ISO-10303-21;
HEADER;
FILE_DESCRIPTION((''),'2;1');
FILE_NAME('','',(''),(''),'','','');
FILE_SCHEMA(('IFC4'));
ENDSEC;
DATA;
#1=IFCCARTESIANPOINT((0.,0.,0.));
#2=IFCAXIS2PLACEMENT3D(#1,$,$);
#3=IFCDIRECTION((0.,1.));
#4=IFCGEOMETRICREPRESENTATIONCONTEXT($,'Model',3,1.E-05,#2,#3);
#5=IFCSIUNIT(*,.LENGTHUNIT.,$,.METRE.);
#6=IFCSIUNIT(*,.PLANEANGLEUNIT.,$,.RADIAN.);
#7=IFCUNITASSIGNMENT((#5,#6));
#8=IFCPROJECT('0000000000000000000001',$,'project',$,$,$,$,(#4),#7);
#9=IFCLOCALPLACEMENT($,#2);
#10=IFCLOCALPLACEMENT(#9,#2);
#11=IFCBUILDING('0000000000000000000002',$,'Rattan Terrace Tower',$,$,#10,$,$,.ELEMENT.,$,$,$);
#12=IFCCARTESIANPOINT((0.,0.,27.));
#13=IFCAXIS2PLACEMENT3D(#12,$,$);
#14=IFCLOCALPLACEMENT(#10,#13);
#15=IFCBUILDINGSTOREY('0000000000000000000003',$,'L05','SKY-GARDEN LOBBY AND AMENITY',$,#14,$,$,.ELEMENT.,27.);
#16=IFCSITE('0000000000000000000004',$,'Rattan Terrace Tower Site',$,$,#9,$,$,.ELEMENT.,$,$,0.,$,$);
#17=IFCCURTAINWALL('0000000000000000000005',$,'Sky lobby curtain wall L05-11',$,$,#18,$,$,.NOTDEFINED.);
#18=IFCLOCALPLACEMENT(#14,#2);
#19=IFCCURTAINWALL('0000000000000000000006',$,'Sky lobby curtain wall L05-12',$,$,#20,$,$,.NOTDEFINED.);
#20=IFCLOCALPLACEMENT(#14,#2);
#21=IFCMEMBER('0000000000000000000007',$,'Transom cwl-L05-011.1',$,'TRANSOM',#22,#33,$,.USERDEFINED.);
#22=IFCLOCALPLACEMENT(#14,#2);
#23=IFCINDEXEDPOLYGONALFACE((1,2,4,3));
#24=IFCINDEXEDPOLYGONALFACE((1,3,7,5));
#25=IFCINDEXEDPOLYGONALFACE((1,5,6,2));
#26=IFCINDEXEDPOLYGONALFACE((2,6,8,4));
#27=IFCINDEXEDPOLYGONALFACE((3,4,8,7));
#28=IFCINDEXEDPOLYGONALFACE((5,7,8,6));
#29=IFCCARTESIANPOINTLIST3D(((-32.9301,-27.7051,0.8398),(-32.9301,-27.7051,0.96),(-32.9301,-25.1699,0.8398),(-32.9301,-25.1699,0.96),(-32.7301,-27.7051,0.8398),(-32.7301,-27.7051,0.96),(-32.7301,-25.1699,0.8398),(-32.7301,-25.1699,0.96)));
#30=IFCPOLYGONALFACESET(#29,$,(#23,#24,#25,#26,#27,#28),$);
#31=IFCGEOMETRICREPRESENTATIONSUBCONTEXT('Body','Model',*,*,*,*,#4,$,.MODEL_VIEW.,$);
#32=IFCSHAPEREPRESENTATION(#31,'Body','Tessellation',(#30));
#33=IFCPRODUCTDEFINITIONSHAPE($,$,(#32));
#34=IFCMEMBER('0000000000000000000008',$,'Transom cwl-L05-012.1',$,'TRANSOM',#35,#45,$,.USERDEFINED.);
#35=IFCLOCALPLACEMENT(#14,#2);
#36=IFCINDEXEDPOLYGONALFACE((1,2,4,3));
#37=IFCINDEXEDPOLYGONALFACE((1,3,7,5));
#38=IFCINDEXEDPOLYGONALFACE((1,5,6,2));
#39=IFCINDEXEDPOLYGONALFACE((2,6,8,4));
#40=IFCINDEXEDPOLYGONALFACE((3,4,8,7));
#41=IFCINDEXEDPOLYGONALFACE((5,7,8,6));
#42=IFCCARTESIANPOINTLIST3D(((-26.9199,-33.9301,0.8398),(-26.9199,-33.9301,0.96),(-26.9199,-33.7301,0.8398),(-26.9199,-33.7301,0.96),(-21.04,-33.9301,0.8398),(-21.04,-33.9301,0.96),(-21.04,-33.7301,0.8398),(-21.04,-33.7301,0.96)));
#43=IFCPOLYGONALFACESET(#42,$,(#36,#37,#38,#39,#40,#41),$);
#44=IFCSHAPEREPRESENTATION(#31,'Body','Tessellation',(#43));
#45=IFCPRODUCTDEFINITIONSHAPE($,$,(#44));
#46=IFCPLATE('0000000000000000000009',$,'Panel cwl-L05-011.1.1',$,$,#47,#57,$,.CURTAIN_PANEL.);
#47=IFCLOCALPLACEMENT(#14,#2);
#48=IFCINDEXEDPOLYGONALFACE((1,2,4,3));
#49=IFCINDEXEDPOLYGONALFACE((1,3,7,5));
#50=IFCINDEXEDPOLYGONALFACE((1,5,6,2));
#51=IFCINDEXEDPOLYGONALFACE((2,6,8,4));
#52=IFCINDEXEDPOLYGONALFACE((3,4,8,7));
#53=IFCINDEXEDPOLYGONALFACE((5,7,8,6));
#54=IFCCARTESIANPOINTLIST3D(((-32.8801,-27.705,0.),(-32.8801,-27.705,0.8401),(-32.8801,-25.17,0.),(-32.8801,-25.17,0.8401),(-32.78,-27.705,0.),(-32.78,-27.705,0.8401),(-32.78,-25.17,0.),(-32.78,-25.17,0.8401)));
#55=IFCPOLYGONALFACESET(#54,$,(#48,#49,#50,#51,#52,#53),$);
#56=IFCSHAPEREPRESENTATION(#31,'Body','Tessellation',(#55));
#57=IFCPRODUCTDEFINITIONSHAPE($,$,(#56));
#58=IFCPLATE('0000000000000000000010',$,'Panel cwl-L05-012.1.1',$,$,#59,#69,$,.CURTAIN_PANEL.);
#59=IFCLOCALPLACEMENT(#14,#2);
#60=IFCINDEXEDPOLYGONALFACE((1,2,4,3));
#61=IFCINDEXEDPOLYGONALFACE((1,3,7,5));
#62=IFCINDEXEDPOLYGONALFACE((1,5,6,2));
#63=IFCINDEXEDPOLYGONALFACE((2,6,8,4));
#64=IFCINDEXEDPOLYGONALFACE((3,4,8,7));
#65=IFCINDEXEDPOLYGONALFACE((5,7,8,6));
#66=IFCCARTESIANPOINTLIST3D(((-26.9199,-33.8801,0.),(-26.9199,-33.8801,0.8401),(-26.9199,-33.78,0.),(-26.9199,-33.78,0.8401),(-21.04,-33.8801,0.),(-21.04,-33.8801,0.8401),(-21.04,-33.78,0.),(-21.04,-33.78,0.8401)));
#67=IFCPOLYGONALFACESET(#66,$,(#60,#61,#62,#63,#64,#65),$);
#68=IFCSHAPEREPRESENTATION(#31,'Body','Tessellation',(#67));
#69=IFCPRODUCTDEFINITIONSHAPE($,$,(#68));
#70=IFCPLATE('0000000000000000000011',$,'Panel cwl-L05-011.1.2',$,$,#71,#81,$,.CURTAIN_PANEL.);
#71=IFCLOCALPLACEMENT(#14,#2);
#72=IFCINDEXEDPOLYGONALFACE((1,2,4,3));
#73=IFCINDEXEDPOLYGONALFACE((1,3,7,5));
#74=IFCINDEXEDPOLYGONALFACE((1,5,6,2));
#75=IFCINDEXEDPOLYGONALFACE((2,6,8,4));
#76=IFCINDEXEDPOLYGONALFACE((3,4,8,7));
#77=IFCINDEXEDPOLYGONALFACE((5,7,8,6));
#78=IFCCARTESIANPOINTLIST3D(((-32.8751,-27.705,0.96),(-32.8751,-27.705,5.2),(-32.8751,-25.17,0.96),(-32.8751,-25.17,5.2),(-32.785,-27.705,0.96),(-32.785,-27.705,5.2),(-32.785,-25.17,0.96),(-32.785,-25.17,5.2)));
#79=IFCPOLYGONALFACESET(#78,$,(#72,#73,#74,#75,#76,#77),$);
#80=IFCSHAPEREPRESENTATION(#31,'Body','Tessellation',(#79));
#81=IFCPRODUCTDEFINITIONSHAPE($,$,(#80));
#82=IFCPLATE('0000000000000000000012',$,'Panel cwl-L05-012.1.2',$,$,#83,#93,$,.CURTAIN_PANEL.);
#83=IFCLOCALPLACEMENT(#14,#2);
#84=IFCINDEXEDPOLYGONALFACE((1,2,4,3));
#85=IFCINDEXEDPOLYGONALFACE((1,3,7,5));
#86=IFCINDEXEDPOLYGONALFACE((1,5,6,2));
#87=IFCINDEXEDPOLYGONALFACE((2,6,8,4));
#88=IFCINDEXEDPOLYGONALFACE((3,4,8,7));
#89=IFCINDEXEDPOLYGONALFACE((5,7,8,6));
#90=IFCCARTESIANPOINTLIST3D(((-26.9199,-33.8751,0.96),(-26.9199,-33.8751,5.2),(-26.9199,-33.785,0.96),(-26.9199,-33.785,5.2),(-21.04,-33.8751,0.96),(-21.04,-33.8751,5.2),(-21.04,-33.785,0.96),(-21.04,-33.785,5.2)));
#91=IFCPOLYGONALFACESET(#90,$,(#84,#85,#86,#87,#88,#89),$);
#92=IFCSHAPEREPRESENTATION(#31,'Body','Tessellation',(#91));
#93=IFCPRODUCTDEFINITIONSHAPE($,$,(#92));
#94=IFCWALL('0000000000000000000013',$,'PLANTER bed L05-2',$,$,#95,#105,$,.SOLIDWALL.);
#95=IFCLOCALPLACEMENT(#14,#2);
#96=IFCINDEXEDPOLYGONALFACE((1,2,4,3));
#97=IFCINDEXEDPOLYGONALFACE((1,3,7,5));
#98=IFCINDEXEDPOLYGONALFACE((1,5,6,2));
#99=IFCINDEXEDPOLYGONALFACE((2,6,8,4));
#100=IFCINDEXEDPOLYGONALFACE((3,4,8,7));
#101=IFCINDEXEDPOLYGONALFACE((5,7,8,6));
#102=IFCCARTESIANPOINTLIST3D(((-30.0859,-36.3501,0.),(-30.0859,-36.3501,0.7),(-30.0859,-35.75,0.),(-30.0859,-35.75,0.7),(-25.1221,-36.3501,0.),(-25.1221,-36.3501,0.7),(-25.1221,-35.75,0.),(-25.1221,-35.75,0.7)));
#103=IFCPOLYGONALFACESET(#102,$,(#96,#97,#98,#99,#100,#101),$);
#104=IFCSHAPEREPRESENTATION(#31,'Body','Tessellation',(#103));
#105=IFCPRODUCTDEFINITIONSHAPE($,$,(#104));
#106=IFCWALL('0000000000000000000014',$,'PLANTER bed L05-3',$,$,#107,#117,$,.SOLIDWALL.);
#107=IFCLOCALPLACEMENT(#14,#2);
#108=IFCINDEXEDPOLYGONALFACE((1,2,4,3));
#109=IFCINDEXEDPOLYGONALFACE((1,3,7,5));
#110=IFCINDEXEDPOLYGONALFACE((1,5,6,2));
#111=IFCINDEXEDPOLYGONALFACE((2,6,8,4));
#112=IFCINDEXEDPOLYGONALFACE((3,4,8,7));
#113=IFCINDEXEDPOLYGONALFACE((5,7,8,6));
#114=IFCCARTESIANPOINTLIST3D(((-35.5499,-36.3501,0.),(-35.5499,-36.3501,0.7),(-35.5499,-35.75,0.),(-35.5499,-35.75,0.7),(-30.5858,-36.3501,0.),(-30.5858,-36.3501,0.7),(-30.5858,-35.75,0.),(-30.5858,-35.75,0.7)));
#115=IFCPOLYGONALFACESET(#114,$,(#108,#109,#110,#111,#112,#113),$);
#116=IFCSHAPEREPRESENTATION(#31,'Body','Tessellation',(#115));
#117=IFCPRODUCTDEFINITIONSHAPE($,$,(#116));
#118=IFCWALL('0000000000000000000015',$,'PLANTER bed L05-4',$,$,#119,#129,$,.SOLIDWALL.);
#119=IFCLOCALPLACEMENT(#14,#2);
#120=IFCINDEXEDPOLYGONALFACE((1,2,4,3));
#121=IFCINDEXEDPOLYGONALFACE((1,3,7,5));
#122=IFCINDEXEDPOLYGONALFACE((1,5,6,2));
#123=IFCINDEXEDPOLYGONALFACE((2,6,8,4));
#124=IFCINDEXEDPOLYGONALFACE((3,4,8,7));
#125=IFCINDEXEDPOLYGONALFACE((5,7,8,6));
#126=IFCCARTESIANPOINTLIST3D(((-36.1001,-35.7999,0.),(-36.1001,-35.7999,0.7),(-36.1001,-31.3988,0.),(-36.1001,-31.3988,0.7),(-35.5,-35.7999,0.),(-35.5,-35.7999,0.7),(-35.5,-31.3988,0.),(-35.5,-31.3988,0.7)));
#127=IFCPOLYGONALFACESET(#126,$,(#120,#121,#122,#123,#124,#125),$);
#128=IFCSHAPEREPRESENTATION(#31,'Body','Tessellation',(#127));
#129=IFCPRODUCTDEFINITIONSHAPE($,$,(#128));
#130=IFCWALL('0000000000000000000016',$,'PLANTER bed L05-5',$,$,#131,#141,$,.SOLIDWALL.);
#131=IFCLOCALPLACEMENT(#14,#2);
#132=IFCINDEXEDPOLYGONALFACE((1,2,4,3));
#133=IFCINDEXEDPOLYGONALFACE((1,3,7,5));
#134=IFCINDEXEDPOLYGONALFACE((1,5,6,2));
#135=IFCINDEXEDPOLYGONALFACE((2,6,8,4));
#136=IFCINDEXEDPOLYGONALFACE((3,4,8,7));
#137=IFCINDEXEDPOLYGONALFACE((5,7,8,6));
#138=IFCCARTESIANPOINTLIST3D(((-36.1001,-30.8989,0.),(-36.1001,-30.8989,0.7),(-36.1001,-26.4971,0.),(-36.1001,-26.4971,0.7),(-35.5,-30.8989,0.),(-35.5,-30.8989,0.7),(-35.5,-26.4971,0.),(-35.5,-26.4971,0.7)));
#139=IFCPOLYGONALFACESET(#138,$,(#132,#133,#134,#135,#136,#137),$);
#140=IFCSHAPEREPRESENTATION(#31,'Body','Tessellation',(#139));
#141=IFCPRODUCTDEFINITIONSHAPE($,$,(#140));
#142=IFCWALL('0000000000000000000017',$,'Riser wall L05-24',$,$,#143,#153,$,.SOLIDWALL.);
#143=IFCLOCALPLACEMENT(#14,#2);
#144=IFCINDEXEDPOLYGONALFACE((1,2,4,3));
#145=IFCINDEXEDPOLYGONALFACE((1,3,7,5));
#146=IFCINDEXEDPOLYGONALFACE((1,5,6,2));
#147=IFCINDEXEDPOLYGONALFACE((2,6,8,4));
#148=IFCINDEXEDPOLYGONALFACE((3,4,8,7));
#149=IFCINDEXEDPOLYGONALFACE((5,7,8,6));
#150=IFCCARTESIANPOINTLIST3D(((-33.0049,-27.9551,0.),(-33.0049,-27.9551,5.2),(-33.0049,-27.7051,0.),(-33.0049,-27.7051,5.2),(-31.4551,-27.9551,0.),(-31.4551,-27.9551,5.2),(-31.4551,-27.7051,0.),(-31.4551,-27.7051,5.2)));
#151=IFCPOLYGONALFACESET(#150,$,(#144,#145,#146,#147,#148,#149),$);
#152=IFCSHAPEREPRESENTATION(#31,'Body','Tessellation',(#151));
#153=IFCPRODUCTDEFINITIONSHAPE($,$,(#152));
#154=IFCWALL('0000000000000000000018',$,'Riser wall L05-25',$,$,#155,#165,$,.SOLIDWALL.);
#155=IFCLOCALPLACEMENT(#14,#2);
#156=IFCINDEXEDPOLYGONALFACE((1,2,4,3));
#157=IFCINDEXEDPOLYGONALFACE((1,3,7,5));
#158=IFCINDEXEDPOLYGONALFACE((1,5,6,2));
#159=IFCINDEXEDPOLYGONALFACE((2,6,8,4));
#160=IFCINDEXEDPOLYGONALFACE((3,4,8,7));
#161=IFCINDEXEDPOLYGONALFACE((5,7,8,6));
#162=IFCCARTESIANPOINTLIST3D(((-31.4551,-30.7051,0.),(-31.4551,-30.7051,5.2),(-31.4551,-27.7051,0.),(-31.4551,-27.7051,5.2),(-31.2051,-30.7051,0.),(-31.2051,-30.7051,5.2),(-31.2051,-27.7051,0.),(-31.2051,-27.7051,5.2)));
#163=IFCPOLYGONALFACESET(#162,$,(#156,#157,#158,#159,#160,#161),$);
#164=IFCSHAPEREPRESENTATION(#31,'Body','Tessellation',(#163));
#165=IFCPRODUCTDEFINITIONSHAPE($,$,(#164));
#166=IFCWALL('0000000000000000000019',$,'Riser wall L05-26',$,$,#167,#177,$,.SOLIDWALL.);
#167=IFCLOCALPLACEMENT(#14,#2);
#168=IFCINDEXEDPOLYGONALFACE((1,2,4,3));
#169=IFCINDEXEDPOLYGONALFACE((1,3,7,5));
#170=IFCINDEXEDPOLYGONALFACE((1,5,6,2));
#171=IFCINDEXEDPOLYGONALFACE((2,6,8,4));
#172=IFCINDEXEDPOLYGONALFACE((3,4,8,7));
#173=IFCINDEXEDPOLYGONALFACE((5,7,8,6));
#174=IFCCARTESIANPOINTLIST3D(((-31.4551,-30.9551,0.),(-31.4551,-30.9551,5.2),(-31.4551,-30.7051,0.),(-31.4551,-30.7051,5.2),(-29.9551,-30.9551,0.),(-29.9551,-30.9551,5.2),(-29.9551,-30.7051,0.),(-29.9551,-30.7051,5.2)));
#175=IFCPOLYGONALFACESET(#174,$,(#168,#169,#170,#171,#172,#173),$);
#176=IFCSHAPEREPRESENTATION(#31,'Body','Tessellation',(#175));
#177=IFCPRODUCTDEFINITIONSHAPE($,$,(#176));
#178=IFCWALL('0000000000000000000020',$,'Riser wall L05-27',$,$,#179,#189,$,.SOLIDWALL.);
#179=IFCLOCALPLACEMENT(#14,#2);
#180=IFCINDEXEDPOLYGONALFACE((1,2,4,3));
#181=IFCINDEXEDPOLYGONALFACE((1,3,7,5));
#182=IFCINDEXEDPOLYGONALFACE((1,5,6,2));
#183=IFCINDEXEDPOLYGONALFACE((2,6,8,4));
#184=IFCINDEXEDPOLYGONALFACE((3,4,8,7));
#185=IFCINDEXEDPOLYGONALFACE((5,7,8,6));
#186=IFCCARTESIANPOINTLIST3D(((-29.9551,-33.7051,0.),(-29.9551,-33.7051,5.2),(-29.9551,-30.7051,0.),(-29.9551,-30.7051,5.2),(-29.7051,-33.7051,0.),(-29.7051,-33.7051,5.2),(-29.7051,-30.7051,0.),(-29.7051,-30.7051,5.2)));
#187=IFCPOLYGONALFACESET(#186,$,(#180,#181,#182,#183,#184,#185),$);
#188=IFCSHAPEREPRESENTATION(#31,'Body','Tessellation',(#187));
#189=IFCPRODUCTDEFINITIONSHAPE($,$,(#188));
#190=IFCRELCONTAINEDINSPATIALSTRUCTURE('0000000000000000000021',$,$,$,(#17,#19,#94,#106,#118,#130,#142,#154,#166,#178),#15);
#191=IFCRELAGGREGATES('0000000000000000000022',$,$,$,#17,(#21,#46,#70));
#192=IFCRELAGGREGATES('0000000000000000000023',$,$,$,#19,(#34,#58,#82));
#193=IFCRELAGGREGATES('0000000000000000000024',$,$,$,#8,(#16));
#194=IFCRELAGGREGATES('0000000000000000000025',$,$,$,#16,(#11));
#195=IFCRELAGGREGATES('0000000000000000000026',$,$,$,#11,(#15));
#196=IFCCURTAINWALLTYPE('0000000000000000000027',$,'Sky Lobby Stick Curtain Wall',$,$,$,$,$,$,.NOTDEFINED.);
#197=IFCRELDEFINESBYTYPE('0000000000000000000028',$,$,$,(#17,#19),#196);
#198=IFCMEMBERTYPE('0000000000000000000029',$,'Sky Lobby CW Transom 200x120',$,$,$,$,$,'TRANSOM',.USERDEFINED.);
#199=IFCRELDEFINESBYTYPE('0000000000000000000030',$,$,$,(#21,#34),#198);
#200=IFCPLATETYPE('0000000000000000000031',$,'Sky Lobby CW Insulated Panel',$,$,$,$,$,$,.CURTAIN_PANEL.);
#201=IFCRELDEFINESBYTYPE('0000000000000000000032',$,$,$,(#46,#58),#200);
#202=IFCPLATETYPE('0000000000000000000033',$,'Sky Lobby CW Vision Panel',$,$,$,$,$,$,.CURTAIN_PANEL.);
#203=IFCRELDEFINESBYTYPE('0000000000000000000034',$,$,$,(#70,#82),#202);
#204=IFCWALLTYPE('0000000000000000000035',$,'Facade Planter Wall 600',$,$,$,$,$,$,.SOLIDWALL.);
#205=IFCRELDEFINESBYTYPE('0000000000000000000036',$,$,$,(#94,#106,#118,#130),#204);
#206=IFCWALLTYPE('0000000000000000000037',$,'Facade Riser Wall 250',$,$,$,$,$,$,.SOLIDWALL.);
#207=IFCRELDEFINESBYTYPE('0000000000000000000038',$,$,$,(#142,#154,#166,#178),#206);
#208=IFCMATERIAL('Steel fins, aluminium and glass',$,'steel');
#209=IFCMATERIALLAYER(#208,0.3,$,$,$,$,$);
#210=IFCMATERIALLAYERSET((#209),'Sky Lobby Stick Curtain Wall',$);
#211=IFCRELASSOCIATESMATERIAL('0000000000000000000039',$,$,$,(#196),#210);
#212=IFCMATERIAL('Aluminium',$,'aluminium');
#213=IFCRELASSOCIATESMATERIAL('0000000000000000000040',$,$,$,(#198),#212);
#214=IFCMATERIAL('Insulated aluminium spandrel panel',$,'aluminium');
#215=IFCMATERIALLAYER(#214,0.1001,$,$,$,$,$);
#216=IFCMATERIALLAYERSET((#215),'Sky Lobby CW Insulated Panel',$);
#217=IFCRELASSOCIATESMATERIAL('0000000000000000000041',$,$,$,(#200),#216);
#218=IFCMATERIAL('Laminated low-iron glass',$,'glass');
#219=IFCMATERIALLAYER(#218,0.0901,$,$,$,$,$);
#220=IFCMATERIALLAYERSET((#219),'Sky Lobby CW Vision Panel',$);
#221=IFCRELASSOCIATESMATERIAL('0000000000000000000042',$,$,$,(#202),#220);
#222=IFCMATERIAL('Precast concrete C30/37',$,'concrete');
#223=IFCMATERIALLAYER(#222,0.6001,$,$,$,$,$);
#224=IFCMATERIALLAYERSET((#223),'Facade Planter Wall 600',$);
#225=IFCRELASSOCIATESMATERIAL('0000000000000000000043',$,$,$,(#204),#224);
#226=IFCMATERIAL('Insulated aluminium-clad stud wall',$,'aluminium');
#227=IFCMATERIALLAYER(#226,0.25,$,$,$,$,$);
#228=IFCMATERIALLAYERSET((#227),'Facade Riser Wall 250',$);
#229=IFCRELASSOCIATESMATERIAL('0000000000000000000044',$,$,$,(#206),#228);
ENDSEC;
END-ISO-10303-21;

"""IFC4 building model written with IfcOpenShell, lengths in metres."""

from ifc_helpers import new_model, si_unit, direction, frame, frame_2d, origin, origin_2d, place, context, subcontext, project, spatial, rectangle, extrude, material, layer, layer_set, material_profile, profile_set, type_object, element, aggregate, save


model = new_model("IFC4")

# Units and contexts
model_context = context("Model", 3, precision=1e-05, world=origin(), true_north=direction((0.0, 1.0)))
body_context = subcontext(model_context, "Body", "Model", "MODEL_VIEW")
ifc_project = project(units=[si_unit("LENGTHUNIT", "METRE"), si_unit("PLANEANGLEUNIT", "RADIAN")], contexts=[model_context])

# Site, building, storey
site_placement = place(None, origin())
site = spatial("IfcSite", under=ifc_project, at=site_placement, Name="Rattan Terrace Tower Site", CompositionType="ELEMENT", RefElevation=0.0)
building_placement = place(site_placement, origin())
building = spatial("IfcBuilding", under=site, at=building_placement, Name="Rattan Terrace Tower", CompositionType="ELEMENT")
storey_placement = place(building_placement, frame((0.0, 0.0, 27.0)))
storey = spatial("IfcBuildingStorey", under=building, at=storey_placement, Name="L05", Description="SKY-GARDEN LOBBY AND AMENITY", CompositionType="ELEMENT", Elevation=27.0)

# Curtain walls
ifc_material_1 = material(Name="Steel fins, aluminium and glass", Category="steel")
ifc_layer_1 = layer(ifc_material_1, 0.3)
ifc_layer_set_1 = layer_set([ifc_layer_1], Name="Sky Lobby Stick Curtain Wall")
curtain_wall_type = type_object("IfcCurtainWallType", Name="Sky Lobby Stick Curtain Wall", PredefinedType="NOTDEFINED", material=ifc_layer_set_1)
curtain_wall_1_placement = place(storey_placement, origin())
curtain_wall_1 = element("IfcCurtainWall", 1, at=curtain_wall_1_placement, inside=storey, type_object=curtain_wall_type, Name="Sky lobby curtain wall L05-11", PredefinedType="NOTDEFINED")
curtain_wall_2_placement = place(storey_placement, origin())
curtain_wall_2 = element("IfcCurtainWall", 2, at=curtain_wall_2_placement, inside=storey, type_object=curtain_wall_type, Name="Sky lobby curtain wall L05-12", PredefinedType="NOTDEFINED")

# Members
ifc_material_2 = material(Name="Aluminium", Category="aluminium")
ifc_material_profile_1 = material_profile(ifc_material_2, rectangle(XDim=0.2, YDim=0.1201, at=origin_2d()), Name="Aluminium 200x120")
ifc_profile_set_1 = profile_set([ifc_material_profile_1], Name="Aluminium")
member_type_1 = type_object("IfcMemberType", Name="Sky Lobby CW Transom 200x120", ElementType="TRANSOM", PredefinedType="USERDEFINED", material=ifc_profile_set_1)
member_1_placement = place(storey_placement, frame((-32.8301, -25.1699, 0.8999), z_axis=(0.0, -1.0, 0.0), x_axis=(1.0, 0.0, 0.0)))
member_1 = element("IfcMember", 3, at=member_1_placement, type_object=member_type_1, Name="Transom cwl-L05-011.1", ObjectType="TRANSOM", PredefinedType="USERDEFINED", context=body_context, shape_type="SweptSolid", body=[
    extrude(rectangle(XDim=0.2, YDim=0.1201, at=origin_2d()), origin(), (0.0, 0.0, 1.0), 2.5352),
])
member_2_placement = place(storey_placement, frame((-26.9199, -33.8301, 0.8999), z_axis=(1.0, 0.0, 0.0), x_axis=(0.0, 1.0, 0.0)))
member_2 = element("IfcMember", 4, at=member_2_placement, type_object=member_type_1, Name="Transom cwl-L05-012.1", ObjectType="TRANSOM", PredefinedType="USERDEFINED", context=body_context, shape_type="SweptSolid", body=[
    extrude(rectangle(XDim=0.2, YDim=0.1201, at=origin_2d()), origin(), (0.0, 0.0, 1.0), 5.8799),
])

# Plates
ifc_material_3 = material(Name="Insulated aluminium spandrel panel", Category="aluminium")
ifc_layer_2 = layer(ifc_material_3, 0.1001)
ifc_layer_set_2 = layer_set([ifc_layer_2], Name="Sky Lobby CW Insulated Panel")
plate_type_1 = type_object("IfcPlateType", Name="Sky Lobby CW Insulated Panel", PredefinedType="CURTAIN_PANEL", material=ifc_layer_set_2)
plate_1_placement = place(storey_placement, frame((-32.8301, -26.4375, 0.0), z_axis=(0.0, 0.0, 1.0), x_axis=(0.0, -1.0, 0.0)))
plate_1 = element("IfcPlate", 5, at=plate_1_placement, type_object=plate_type_1, Name="Panel cwl-L05-011.1.1", PredefinedType="CURTAIN_PANEL", context=body_context, shape_type="SweptSolid", body=[
    extrude(rectangle(XDim=2.5349, YDim=0.1001, at=origin_2d()), origin(), (0.0, 0.0, 1.0), 0.8401),
])
plate_2_placement = place(storey_placement, frame((-23.98, -33.8301, 0.0), z_axis=(0.0, 0.0, 1.0), x_axis=(1.0, 0.0, 0.0)))
plate_2 = element("IfcPlate", 6, at=plate_2_placement, type_object=plate_type_1, Name="Panel cwl-L05-012.1.1", PredefinedType="CURTAIN_PANEL", context=body_context, shape_type="SweptSolid", body=[
    extrude(rectangle(XDim=5.8799, YDim=0.1001, at=origin_2d()), origin(), (0.0, 0.0, 1.0), 0.8401),
])
ifc_material_4 = material(Name="Laminated low-iron glass", Category="glass")
ifc_layer_3 = layer(ifc_material_4, 0.0901)
ifc_layer_set_3 = layer_set([ifc_layer_3], Name="Sky Lobby CW Vision Panel")
plate_type_2 = type_object("IfcPlateType", Name="Sky Lobby CW Vision Panel", PredefinedType="CURTAIN_PANEL", material=ifc_layer_set_3)
plate_3_placement = place(storey_placement, frame((-32.8301, -26.4375, 0.96), z_axis=(0.0, 0.0, 1.0), x_axis=(0.0, -1.0, 0.0)))
plate_3 = element("IfcPlate", 7, at=plate_3_placement, type_object=plate_type_2, Name="Panel cwl-L05-011.1.2", PredefinedType="CURTAIN_PANEL", context=body_context, shape_type="SweptSolid", body=[
    extrude(rectangle(XDim=2.5349, YDim=0.0901, at=origin_2d()), origin(), (0.0, 0.0, 1.0), 4.24),
])
aggregate(curtain_wall_1, [member_1, plate_1, plate_3])
plate_4_placement = place(storey_placement, frame((-23.98, -33.8301, 0.96), z_axis=(0.0, 0.0, 1.0), x_axis=(1.0, 0.0, 0.0)))
plate_4 = element("IfcPlate", 8, at=plate_4_placement, type_object=plate_type_2, Name="Panel cwl-L05-012.1.2", PredefinedType="CURTAIN_PANEL", context=body_context, shape_type="SweptSolid", body=[
    extrude(rectangle(XDim=5.8799, YDim=0.0901, at=origin_2d()), origin(), (0.0, 0.0, 1.0), 4.24),
])
aggregate(curtain_wall_2, [member_2, plate_2, plate_4])

# Walls
ifc_material_5 = material(Name="Precast concrete C30/37", Category="concrete")
ifc_layer_4 = layer(ifc_material_5, 0.6001)
ifc_layer_set_4 = layer_set([ifc_layer_4], Name="Facade Planter Wall 600")
wall_type_1 = type_object("IfcWallType", Name="Facade Planter Wall 600", PredefinedType="SOLIDWALL", material=ifc_layer_set_4)
wall_1_placement = place(storey_placement, frame((-25.1221, -36.05, 0.0), z_axis=(0.0, 0.0, 1.0), x_axis=(-1.0, 0.0, 0.0)))
element("IfcWall", 9, at=wall_1_placement, inside=storey, type_object=wall_type_1, Name="PLANTER bed L05-2", PredefinedType="SOLIDWALL", context=body_context, shape_type="SweptSolid", body=[
    extrude(rectangle(XDim=4.9639, YDim=0.6001, at=frame_2d((2.4819, 0.0))), origin(), (0.0, 0.0, 1.0), 0.7),
])
wall_2_placement = place(storey_placement, frame((-30.5859, -36.05, 0.0), z_axis=(0.0, 0.0, 1.0), x_axis=(-1.0, 0.0, 0.0)))
element("IfcWall", 10, at=wall_2_placement, inside=storey, type_object=wall_type_1, Name="PLANTER bed L05-3", PredefinedType="SOLIDWALL", context=body_context, shape_type="SweptSolid", body=[
    extrude(rectangle(XDim=4.9641, YDim=0.6001, at=frame_2d((2.4819, 0.0))), origin(), (0.0, 0.0, 1.0), 0.7),
])
wall_3_placement = place(storey_placement, frame((-35.8, -35.8, 0.0), z_axis=(0.0, 0.0, 1.0), x_axis=(0.0, 1.0, 0.0)))
element("IfcWall", 11, at=wall_3_placement, inside=storey, type_object=wall_type_1, Name="PLANTER bed L05-4", PredefinedType="SOLIDWALL", context=body_context, shape_type="SweptSolid", body=[
    extrude(rectangle(XDim=4.4011, YDim=0.6001, at=frame_2d((2.2007, 0.0))), origin(), (0.0, 0.0, 1.0), 0.7),
])
wall_4_placement = place(storey_placement, frame((-35.8, -30.8989, 0.0), z_axis=(0.0, 0.0, 1.0), x_axis=(0.0, 1.0, 0.0)))
element("IfcWall", 12, at=wall_4_placement, inside=storey, type_object=wall_type_1, Name="PLANTER bed L05-5", PredefinedType="SOLIDWALL", context=body_context, shape_type="SweptSolid", body=[
    extrude(rectangle(XDim=4.4019, YDim=0.6001, at=frame_2d((2.2009, 0.0))), origin(), (0.0, 0.0, 1.0), 0.7),
])
ifc_material_6 = material(Name="Insulated aluminium-clad stud wall", Category="aluminium")
ifc_layer_5 = layer(ifc_material_6, 0.25)
ifc_layer_set_5 = layer_set([ifc_layer_5], Name="Facade Riser Wall 250")
wall_type_2 = type_object("IfcWallType", Name="Facade Riser Wall 250", PredefinedType="SOLIDWALL", material=ifc_layer_set_5)
wall_5_placement = place(storey_placement, frame((-33.0049, -27.8301, 0.0), z_axis=(0.0, 0.0, 1.0), x_axis=(1.0, 0.0, 0.0)))
element("IfcWall", 13, at=wall_5_placement, inside=storey, type_object=wall_type_2, Name="Riser wall L05-24", PredefinedType="SOLIDWALL", context=body_context, shape_type="SweptSolid", body=[
    extrude(rectangle(XDim=1.5498, YDim=0.25, at=frame_2d((0.7749, 0.0))), origin(), (0.0, 0.0, 1.0), 5.2),
])
wall_6_placement = place(storey_placement, frame((-31.3301, -27.7051, 0.0), z_axis=(0.0, 0.0, 1.0), x_axis=(0.0, -1.0, 0.0)))
element("IfcWall", 14, at=wall_6_placement, inside=storey, type_object=wall_type_2, Name="Riser wall L05-25", PredefinedType="SOLIDWALL", context=body_context, shape_type="SweptSolid", body=[
    extrude(rectangle(XDim=3.0, YDim=0.25, at=frame_2d((1.5, 0.0))), origin(), (0.0, 0.0, 1.0), 5.2),
])
wall_7_placement = place(storey_placement, frame((-31.4551, -30.8301, 0.0), z_axis=(0.0, 0.0, 1.0), x_axis=(1.0, 0.0, 0.0)))
element("IfcWall", 15, at=wall_7_placement, inside=storey, type_object=wall_type_2, Name="Riser wall L05-26", PredefinedType="SOLIDWALL", context=body_context, shape_type="SweptSolid", body=[
    extrude(rectangle(XDim=1.5, YDim=0.25, at=frame_2d((0.75, 0.0))), origin(), (0.0, 0.0, 1.0), 5.2),
])
wall_8_placement = place(storey_placement, frame((-29.8301, -30.7051, 0.0), z_axis=(0.0, 0.0, 1.0), x_axis=(0.0, -1.0, 0.0)))
element("IfcWall", 16, at=wall_8_placement, inside=storey, type_object=wall_type_2, Name="Riser wall L05-27", PredefinedType="SOLIDWALL", context=body_context, shape_type="SweptSolid", body=[
    extrude(rectangle(XDim=3.0, YDim=0.25, at=frame_2d((1.5, 0.0))), origin(), (0.0, 0.0, 1.0), 5.2),
])

save(model, "model.ifc")
